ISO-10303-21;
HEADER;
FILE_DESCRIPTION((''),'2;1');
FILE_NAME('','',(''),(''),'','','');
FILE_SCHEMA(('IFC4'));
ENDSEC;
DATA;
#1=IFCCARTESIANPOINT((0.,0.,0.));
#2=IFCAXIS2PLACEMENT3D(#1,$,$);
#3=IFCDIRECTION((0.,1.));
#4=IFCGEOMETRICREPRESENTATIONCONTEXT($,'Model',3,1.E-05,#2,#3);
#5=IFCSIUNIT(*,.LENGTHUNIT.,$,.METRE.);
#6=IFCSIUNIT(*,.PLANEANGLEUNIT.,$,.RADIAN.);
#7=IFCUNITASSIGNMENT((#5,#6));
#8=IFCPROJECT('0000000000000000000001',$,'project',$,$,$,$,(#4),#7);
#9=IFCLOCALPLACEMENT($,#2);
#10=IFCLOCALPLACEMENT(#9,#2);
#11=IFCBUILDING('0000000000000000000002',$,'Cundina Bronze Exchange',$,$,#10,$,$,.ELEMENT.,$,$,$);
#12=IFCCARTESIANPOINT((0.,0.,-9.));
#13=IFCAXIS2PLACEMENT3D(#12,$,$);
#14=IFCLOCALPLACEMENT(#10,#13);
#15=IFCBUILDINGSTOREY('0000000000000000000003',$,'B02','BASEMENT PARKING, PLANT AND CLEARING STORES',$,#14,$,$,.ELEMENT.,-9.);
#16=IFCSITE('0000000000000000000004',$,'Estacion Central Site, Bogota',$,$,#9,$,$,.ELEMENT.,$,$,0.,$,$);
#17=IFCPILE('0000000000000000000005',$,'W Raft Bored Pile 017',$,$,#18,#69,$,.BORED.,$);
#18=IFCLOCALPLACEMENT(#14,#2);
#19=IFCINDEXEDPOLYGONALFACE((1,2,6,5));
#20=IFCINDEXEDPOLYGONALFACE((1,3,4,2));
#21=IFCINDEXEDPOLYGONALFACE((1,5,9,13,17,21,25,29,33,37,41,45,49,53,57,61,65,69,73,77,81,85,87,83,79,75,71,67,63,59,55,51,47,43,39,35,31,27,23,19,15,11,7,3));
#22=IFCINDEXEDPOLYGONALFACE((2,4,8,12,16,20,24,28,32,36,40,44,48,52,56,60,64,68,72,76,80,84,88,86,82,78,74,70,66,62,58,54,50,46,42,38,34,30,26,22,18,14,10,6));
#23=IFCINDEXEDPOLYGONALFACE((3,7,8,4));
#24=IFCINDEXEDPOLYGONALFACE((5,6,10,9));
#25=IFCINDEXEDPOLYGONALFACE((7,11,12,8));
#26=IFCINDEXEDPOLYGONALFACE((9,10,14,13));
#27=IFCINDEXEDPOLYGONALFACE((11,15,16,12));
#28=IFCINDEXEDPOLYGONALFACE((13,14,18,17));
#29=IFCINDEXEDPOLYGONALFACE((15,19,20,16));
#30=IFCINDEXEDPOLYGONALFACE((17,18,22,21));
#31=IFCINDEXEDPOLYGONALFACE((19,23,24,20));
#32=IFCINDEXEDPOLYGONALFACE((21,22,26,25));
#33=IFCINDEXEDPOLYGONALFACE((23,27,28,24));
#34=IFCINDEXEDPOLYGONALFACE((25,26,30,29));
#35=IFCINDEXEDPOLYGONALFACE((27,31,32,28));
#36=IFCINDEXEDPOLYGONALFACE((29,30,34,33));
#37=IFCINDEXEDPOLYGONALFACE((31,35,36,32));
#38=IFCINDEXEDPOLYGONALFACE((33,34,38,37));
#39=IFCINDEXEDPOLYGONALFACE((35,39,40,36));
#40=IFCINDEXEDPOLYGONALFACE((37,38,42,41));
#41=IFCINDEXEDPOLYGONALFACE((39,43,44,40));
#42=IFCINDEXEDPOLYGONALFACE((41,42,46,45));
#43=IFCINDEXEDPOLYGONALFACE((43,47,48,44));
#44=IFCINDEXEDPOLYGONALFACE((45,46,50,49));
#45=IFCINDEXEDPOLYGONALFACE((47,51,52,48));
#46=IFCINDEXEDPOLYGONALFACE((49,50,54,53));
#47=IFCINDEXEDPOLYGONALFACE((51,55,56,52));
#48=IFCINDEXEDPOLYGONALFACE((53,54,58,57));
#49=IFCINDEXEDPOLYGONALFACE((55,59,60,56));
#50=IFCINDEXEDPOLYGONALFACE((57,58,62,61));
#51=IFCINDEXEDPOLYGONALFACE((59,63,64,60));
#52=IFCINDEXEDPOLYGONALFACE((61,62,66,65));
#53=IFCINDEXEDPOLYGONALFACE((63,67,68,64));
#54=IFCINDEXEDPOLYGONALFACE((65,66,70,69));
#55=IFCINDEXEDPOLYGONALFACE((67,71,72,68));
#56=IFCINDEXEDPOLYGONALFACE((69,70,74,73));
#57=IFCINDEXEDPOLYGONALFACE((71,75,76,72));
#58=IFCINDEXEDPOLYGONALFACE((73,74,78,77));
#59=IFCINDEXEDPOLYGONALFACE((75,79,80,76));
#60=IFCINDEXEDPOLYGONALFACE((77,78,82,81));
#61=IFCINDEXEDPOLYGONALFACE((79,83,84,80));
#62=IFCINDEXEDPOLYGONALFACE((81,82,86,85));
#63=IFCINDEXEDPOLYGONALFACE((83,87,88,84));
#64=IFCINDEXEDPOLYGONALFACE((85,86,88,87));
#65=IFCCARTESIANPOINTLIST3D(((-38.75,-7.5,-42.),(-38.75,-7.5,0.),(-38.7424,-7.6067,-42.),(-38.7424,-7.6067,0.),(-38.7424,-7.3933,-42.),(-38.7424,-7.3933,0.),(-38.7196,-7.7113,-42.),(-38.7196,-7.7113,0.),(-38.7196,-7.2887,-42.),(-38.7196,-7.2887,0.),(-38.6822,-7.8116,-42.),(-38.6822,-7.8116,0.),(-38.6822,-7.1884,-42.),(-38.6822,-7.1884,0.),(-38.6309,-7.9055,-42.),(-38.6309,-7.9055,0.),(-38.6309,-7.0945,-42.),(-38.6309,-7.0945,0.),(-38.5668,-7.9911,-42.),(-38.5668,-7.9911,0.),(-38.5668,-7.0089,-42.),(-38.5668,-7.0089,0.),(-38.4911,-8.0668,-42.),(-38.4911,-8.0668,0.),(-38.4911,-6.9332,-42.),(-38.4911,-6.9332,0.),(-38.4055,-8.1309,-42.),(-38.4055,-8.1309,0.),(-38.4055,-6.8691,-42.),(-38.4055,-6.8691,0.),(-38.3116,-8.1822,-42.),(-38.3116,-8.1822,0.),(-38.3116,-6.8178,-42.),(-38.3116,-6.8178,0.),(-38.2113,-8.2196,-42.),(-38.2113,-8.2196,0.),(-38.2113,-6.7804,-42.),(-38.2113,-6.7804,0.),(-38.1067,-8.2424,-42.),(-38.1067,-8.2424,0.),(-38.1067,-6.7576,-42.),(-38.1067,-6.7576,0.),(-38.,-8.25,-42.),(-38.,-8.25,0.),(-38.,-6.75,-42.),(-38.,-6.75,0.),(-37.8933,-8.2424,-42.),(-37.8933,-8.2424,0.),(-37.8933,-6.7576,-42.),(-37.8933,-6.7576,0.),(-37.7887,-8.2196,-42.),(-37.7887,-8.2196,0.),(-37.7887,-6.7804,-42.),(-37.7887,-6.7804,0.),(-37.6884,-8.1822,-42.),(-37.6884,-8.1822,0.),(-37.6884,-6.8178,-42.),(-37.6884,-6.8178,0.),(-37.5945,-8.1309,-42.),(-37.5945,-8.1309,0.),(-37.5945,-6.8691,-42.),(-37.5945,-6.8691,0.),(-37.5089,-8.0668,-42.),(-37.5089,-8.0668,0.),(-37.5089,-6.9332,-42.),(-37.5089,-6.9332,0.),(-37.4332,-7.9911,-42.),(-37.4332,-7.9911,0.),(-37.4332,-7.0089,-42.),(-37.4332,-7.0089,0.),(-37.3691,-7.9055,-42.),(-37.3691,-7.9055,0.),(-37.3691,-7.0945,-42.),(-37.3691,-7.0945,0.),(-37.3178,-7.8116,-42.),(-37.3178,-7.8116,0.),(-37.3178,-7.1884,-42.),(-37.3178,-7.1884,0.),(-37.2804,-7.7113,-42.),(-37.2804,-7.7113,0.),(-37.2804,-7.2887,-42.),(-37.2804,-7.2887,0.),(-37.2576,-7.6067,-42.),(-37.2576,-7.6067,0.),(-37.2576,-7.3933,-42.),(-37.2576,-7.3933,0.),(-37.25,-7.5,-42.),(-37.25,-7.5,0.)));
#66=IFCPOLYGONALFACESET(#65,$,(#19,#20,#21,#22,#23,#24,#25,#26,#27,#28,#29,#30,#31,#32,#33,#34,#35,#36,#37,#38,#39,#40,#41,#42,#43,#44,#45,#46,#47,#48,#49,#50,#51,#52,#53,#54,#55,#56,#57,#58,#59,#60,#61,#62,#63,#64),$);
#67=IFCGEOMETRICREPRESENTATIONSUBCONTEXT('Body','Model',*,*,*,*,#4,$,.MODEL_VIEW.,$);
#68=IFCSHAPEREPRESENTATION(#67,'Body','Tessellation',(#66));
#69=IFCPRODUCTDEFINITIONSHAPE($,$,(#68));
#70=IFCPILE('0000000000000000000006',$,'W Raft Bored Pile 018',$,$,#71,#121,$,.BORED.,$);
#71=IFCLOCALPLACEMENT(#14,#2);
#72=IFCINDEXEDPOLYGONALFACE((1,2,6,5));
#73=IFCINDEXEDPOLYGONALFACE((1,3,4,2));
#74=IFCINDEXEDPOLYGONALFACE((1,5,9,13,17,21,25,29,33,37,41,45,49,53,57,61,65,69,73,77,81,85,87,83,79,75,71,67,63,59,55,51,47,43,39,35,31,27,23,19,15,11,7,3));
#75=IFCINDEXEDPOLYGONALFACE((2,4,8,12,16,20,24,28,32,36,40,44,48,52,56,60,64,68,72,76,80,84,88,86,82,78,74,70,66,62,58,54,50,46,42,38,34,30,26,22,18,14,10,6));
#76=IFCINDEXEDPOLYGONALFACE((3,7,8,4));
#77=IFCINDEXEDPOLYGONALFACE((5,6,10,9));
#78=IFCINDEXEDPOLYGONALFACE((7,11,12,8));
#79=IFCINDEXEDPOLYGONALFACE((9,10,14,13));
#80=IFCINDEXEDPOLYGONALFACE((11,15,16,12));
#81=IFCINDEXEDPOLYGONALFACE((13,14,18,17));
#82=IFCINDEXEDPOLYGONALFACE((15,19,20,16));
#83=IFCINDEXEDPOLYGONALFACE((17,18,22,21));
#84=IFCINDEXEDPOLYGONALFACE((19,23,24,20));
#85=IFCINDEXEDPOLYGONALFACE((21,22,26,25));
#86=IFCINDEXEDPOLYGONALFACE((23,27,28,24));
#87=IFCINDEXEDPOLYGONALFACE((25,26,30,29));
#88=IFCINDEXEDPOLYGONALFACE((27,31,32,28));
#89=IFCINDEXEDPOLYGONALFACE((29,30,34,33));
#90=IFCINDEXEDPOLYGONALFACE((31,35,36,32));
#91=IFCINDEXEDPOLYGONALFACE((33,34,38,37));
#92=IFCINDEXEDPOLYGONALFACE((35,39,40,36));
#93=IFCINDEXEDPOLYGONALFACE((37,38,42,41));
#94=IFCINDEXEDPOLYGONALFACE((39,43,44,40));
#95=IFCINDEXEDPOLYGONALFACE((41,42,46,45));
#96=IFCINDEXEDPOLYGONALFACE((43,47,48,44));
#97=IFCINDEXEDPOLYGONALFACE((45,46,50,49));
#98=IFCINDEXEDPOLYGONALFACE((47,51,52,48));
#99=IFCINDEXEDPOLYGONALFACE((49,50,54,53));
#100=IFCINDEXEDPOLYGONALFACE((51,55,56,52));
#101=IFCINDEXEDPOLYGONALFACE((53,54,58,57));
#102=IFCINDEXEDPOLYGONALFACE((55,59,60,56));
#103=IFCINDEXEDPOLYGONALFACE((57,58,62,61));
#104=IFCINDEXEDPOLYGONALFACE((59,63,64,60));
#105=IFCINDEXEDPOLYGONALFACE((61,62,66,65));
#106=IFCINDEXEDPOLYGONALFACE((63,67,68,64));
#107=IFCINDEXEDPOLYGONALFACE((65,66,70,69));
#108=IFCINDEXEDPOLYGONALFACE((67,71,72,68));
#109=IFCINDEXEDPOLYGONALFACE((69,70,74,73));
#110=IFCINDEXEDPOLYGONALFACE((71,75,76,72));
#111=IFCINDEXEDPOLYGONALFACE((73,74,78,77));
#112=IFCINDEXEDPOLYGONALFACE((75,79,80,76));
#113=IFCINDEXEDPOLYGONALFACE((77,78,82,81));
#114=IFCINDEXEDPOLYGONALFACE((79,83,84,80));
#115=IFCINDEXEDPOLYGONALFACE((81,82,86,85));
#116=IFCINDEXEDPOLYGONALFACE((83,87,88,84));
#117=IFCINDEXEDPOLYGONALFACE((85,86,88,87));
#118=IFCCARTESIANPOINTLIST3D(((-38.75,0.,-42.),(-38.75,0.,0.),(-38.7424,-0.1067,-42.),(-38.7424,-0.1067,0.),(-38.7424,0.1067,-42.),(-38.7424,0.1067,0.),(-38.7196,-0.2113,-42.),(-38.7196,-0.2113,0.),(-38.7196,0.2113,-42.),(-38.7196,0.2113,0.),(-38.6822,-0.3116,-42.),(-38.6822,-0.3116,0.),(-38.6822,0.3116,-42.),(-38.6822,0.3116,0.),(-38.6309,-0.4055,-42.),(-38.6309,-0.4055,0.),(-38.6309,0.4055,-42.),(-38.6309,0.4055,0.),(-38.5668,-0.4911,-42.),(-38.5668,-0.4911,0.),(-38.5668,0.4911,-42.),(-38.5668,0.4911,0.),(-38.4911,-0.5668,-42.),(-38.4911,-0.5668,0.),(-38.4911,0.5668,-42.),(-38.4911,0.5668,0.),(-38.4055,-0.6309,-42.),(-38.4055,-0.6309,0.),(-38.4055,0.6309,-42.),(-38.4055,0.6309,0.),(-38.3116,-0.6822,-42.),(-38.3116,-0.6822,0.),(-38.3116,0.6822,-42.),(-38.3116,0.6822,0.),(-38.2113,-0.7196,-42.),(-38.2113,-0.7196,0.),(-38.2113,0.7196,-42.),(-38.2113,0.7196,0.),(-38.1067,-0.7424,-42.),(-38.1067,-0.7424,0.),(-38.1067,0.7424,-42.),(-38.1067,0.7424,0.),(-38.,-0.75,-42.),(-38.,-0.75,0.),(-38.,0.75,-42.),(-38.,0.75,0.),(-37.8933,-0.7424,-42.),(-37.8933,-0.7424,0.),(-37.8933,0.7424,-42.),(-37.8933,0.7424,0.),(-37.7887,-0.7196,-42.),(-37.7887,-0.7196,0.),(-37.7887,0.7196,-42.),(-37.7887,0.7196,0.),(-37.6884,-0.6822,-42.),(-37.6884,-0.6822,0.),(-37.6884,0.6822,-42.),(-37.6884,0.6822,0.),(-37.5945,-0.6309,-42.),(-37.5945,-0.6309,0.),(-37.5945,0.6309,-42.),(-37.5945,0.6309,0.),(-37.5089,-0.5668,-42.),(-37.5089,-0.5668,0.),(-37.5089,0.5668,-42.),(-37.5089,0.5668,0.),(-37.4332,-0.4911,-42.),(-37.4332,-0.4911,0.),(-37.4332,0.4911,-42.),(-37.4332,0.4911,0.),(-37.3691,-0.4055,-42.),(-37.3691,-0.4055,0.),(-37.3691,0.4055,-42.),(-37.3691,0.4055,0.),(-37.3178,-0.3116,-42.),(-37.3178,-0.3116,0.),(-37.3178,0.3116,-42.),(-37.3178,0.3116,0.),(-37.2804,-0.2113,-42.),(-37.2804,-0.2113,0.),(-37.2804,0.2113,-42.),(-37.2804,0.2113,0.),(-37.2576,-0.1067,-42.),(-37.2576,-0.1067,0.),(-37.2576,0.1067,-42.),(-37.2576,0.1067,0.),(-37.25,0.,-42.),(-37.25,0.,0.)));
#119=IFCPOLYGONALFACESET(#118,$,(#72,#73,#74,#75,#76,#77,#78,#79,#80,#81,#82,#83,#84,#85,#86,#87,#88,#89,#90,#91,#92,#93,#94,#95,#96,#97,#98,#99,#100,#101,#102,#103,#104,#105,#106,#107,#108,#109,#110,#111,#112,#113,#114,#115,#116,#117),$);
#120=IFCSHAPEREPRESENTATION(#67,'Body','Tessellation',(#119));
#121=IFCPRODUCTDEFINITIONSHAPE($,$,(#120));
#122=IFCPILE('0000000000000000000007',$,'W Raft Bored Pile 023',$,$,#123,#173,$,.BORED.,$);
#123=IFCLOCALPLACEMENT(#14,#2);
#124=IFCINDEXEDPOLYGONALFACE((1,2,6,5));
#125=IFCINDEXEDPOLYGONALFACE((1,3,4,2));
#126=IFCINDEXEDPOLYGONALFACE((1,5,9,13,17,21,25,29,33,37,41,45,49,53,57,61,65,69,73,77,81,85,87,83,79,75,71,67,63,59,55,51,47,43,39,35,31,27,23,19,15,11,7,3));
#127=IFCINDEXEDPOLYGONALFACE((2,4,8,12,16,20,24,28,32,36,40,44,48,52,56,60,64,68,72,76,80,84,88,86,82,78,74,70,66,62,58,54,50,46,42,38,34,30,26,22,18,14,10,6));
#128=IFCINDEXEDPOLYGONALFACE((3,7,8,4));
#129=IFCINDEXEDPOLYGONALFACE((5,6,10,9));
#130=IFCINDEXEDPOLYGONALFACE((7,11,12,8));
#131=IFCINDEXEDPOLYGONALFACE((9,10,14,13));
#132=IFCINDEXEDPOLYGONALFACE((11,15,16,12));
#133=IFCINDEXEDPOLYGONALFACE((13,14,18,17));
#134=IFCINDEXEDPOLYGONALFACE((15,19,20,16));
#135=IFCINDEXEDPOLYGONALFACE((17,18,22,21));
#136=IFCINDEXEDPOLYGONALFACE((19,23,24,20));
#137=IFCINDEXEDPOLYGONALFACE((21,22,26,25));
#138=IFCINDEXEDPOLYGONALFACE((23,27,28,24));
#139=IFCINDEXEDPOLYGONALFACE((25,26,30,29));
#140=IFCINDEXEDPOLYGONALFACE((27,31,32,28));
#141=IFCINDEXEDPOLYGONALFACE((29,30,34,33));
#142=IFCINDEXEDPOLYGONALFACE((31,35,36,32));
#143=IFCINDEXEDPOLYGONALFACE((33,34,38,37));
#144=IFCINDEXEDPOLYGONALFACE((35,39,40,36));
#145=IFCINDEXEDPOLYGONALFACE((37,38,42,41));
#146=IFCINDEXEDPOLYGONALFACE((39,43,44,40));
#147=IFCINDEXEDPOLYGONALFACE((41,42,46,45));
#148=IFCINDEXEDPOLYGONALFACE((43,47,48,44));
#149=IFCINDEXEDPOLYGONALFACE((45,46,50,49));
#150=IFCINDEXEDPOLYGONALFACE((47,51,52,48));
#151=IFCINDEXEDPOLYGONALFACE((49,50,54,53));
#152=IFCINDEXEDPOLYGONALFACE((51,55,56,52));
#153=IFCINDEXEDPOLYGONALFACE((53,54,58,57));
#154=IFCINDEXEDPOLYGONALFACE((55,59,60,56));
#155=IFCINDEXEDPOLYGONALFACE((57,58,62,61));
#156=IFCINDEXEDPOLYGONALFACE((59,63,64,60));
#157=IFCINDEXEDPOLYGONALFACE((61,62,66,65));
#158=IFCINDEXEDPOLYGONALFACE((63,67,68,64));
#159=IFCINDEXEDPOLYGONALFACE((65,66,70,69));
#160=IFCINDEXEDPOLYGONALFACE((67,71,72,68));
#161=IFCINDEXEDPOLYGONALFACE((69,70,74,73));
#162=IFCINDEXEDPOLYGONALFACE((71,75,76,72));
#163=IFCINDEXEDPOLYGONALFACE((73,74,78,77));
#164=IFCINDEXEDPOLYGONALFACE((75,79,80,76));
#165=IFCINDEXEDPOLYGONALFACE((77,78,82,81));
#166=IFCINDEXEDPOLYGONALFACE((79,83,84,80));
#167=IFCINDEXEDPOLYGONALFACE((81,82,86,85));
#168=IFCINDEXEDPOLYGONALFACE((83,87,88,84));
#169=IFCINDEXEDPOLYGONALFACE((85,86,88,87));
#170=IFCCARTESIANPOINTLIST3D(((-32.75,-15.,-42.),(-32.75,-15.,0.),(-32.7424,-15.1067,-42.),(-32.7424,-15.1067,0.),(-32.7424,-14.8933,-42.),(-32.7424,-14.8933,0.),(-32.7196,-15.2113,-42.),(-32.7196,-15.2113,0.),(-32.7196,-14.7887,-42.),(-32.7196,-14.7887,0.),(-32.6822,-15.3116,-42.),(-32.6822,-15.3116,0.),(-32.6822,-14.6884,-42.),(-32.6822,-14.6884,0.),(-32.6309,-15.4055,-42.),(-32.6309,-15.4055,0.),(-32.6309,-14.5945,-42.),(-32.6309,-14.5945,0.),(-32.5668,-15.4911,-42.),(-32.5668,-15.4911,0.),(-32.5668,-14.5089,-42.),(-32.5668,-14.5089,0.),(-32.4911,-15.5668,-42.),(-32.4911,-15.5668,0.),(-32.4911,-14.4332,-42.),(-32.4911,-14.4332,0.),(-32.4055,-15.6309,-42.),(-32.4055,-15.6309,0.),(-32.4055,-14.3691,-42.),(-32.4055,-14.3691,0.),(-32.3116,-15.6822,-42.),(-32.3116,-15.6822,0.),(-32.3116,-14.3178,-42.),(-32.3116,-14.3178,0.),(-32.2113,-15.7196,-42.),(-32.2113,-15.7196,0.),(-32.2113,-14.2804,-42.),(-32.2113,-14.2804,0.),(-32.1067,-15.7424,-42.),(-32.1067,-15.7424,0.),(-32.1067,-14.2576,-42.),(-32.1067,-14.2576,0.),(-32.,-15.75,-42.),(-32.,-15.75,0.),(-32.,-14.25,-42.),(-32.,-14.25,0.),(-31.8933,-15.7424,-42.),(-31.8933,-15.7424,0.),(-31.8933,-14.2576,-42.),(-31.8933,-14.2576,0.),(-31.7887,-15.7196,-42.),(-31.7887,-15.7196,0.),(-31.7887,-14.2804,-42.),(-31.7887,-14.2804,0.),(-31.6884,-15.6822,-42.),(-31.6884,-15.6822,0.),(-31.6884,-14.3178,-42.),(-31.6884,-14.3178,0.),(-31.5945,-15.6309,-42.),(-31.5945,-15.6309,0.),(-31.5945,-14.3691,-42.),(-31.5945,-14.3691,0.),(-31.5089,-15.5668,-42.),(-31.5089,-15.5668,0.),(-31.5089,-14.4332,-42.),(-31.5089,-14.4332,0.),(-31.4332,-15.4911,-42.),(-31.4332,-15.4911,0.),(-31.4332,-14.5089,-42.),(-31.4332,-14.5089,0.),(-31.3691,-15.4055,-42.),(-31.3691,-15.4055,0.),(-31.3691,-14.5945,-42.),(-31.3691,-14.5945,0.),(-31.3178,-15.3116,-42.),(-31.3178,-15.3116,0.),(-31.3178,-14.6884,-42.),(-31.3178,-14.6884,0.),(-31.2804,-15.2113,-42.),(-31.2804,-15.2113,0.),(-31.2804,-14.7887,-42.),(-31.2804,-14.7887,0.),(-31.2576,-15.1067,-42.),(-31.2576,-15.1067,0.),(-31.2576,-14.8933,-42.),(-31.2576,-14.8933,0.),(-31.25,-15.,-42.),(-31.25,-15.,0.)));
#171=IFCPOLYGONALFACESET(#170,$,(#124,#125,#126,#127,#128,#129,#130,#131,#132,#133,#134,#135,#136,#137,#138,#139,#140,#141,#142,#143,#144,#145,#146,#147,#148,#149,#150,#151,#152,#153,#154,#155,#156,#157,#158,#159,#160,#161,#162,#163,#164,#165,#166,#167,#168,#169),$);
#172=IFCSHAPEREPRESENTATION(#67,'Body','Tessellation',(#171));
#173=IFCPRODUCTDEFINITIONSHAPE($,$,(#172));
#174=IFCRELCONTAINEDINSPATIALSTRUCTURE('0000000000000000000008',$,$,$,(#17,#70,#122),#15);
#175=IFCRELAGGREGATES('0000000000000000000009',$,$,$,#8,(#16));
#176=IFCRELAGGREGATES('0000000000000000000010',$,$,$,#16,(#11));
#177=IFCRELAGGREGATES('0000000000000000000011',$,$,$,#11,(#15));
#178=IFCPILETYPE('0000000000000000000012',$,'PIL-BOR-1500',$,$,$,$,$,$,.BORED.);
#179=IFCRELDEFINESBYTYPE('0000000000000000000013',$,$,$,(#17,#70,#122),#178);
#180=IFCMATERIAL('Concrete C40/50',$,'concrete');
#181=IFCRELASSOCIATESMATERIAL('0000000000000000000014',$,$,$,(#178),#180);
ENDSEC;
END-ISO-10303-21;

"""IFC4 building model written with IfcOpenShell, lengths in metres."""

from ifc_helpers import new_model, si_unit, direction, frame, origin, origin_2d, place, context, subcontext, project, spatial, circle, extrude, material, material_profile, profile_set, type_object, element, save


model = new_model("IFC4")

# Units and contexts
model_context = context("Model", 3, precision=1e-05, world=origin(), true_north=direction((0.0, 1.0)))
body_context = subcontext(model_context, "Body", "Model", "MODEL_VIEW")
ifc_project = project(units=[si_unit("LENGTHUNIT", "METRE"), si_unit("PLANEANGLEUNIT", "RADIAN")], contexts=[model_context])

# Site, building, storey
site_placement = place(None, origin())
site = spatial("IfcSite", under=ifc_project, at=site_placement, Name="Estacion Central Site, Bogota", CompositionType="ELEMENT", RefElevation=0.0)
building_placement = place(site_placement, origin())
building = spatial("IfcBuilding", under=site, at=building_placement, Name="Cundina Bronze Exchange", CompositionType="ELEMENT")
storey_placement = place(building_placement, frame((0.0, 0.0, -9.0)))
storey = spatial("IfcBuildingStorey", under=building, at=storey_placement, Name="B02", Description="BASEMENT PARKING, PLANT AND CLEARING STORES", CompositionType="ELEMENT", Elevation=-9.0)

# Shared definitions
ifc_material_1 = material(Name="Concrete C40/50", Category="concrete")

# Piles
ifc_material_profile_1 = material_profile(ifc_material_1, circle(Radius=0.75, at=origin_2d()), Name="PILE1500D", Category="concrete")
ifc_profile_set_1 = profile_set([ifc_material_profile_1], Name="Concrete C40/50")
pile_type_1 = type_object("IfcPileType", Name="PIL-BOR-1500", PredefinedType="BORED", material=ifc_profile_set_1)
for number, where, z_axis, x_axis, name in (
    (1, (-38.0, -7.5, 0.0), (0.0, 0.0, -1.0), (1.0, 0.0, 0.0), "W Raft Bored Pile 017"),
    (2, (-38.0, 0.0, 0.0), (0.0, 0.0, -1.0), (1.0, 0.0, 0.0), "W Raft Bored Pile 018"),
    (3, (-32.0, -15.0, 0.0), (0.0, 0.0, -1.0), (1.0, 0.0, 0.0), "W Raft Bored Pile 023"),
):
    element("IfcPile", number, at=place(storey_placement, frame(where, z_axis=z_axis, x_axis=x_axis)), inside=storey, type_object=pile_type_1, Name=name, PredefinedType="BORED", context=body_context, shape_type="SweptSolid", body=[
        extrude(circle(Radius=0.75, at=origin_2d()), origin(), (0.0, 0.0, 1.0), 42.0),
    ])

save(model, "model.ifc")
